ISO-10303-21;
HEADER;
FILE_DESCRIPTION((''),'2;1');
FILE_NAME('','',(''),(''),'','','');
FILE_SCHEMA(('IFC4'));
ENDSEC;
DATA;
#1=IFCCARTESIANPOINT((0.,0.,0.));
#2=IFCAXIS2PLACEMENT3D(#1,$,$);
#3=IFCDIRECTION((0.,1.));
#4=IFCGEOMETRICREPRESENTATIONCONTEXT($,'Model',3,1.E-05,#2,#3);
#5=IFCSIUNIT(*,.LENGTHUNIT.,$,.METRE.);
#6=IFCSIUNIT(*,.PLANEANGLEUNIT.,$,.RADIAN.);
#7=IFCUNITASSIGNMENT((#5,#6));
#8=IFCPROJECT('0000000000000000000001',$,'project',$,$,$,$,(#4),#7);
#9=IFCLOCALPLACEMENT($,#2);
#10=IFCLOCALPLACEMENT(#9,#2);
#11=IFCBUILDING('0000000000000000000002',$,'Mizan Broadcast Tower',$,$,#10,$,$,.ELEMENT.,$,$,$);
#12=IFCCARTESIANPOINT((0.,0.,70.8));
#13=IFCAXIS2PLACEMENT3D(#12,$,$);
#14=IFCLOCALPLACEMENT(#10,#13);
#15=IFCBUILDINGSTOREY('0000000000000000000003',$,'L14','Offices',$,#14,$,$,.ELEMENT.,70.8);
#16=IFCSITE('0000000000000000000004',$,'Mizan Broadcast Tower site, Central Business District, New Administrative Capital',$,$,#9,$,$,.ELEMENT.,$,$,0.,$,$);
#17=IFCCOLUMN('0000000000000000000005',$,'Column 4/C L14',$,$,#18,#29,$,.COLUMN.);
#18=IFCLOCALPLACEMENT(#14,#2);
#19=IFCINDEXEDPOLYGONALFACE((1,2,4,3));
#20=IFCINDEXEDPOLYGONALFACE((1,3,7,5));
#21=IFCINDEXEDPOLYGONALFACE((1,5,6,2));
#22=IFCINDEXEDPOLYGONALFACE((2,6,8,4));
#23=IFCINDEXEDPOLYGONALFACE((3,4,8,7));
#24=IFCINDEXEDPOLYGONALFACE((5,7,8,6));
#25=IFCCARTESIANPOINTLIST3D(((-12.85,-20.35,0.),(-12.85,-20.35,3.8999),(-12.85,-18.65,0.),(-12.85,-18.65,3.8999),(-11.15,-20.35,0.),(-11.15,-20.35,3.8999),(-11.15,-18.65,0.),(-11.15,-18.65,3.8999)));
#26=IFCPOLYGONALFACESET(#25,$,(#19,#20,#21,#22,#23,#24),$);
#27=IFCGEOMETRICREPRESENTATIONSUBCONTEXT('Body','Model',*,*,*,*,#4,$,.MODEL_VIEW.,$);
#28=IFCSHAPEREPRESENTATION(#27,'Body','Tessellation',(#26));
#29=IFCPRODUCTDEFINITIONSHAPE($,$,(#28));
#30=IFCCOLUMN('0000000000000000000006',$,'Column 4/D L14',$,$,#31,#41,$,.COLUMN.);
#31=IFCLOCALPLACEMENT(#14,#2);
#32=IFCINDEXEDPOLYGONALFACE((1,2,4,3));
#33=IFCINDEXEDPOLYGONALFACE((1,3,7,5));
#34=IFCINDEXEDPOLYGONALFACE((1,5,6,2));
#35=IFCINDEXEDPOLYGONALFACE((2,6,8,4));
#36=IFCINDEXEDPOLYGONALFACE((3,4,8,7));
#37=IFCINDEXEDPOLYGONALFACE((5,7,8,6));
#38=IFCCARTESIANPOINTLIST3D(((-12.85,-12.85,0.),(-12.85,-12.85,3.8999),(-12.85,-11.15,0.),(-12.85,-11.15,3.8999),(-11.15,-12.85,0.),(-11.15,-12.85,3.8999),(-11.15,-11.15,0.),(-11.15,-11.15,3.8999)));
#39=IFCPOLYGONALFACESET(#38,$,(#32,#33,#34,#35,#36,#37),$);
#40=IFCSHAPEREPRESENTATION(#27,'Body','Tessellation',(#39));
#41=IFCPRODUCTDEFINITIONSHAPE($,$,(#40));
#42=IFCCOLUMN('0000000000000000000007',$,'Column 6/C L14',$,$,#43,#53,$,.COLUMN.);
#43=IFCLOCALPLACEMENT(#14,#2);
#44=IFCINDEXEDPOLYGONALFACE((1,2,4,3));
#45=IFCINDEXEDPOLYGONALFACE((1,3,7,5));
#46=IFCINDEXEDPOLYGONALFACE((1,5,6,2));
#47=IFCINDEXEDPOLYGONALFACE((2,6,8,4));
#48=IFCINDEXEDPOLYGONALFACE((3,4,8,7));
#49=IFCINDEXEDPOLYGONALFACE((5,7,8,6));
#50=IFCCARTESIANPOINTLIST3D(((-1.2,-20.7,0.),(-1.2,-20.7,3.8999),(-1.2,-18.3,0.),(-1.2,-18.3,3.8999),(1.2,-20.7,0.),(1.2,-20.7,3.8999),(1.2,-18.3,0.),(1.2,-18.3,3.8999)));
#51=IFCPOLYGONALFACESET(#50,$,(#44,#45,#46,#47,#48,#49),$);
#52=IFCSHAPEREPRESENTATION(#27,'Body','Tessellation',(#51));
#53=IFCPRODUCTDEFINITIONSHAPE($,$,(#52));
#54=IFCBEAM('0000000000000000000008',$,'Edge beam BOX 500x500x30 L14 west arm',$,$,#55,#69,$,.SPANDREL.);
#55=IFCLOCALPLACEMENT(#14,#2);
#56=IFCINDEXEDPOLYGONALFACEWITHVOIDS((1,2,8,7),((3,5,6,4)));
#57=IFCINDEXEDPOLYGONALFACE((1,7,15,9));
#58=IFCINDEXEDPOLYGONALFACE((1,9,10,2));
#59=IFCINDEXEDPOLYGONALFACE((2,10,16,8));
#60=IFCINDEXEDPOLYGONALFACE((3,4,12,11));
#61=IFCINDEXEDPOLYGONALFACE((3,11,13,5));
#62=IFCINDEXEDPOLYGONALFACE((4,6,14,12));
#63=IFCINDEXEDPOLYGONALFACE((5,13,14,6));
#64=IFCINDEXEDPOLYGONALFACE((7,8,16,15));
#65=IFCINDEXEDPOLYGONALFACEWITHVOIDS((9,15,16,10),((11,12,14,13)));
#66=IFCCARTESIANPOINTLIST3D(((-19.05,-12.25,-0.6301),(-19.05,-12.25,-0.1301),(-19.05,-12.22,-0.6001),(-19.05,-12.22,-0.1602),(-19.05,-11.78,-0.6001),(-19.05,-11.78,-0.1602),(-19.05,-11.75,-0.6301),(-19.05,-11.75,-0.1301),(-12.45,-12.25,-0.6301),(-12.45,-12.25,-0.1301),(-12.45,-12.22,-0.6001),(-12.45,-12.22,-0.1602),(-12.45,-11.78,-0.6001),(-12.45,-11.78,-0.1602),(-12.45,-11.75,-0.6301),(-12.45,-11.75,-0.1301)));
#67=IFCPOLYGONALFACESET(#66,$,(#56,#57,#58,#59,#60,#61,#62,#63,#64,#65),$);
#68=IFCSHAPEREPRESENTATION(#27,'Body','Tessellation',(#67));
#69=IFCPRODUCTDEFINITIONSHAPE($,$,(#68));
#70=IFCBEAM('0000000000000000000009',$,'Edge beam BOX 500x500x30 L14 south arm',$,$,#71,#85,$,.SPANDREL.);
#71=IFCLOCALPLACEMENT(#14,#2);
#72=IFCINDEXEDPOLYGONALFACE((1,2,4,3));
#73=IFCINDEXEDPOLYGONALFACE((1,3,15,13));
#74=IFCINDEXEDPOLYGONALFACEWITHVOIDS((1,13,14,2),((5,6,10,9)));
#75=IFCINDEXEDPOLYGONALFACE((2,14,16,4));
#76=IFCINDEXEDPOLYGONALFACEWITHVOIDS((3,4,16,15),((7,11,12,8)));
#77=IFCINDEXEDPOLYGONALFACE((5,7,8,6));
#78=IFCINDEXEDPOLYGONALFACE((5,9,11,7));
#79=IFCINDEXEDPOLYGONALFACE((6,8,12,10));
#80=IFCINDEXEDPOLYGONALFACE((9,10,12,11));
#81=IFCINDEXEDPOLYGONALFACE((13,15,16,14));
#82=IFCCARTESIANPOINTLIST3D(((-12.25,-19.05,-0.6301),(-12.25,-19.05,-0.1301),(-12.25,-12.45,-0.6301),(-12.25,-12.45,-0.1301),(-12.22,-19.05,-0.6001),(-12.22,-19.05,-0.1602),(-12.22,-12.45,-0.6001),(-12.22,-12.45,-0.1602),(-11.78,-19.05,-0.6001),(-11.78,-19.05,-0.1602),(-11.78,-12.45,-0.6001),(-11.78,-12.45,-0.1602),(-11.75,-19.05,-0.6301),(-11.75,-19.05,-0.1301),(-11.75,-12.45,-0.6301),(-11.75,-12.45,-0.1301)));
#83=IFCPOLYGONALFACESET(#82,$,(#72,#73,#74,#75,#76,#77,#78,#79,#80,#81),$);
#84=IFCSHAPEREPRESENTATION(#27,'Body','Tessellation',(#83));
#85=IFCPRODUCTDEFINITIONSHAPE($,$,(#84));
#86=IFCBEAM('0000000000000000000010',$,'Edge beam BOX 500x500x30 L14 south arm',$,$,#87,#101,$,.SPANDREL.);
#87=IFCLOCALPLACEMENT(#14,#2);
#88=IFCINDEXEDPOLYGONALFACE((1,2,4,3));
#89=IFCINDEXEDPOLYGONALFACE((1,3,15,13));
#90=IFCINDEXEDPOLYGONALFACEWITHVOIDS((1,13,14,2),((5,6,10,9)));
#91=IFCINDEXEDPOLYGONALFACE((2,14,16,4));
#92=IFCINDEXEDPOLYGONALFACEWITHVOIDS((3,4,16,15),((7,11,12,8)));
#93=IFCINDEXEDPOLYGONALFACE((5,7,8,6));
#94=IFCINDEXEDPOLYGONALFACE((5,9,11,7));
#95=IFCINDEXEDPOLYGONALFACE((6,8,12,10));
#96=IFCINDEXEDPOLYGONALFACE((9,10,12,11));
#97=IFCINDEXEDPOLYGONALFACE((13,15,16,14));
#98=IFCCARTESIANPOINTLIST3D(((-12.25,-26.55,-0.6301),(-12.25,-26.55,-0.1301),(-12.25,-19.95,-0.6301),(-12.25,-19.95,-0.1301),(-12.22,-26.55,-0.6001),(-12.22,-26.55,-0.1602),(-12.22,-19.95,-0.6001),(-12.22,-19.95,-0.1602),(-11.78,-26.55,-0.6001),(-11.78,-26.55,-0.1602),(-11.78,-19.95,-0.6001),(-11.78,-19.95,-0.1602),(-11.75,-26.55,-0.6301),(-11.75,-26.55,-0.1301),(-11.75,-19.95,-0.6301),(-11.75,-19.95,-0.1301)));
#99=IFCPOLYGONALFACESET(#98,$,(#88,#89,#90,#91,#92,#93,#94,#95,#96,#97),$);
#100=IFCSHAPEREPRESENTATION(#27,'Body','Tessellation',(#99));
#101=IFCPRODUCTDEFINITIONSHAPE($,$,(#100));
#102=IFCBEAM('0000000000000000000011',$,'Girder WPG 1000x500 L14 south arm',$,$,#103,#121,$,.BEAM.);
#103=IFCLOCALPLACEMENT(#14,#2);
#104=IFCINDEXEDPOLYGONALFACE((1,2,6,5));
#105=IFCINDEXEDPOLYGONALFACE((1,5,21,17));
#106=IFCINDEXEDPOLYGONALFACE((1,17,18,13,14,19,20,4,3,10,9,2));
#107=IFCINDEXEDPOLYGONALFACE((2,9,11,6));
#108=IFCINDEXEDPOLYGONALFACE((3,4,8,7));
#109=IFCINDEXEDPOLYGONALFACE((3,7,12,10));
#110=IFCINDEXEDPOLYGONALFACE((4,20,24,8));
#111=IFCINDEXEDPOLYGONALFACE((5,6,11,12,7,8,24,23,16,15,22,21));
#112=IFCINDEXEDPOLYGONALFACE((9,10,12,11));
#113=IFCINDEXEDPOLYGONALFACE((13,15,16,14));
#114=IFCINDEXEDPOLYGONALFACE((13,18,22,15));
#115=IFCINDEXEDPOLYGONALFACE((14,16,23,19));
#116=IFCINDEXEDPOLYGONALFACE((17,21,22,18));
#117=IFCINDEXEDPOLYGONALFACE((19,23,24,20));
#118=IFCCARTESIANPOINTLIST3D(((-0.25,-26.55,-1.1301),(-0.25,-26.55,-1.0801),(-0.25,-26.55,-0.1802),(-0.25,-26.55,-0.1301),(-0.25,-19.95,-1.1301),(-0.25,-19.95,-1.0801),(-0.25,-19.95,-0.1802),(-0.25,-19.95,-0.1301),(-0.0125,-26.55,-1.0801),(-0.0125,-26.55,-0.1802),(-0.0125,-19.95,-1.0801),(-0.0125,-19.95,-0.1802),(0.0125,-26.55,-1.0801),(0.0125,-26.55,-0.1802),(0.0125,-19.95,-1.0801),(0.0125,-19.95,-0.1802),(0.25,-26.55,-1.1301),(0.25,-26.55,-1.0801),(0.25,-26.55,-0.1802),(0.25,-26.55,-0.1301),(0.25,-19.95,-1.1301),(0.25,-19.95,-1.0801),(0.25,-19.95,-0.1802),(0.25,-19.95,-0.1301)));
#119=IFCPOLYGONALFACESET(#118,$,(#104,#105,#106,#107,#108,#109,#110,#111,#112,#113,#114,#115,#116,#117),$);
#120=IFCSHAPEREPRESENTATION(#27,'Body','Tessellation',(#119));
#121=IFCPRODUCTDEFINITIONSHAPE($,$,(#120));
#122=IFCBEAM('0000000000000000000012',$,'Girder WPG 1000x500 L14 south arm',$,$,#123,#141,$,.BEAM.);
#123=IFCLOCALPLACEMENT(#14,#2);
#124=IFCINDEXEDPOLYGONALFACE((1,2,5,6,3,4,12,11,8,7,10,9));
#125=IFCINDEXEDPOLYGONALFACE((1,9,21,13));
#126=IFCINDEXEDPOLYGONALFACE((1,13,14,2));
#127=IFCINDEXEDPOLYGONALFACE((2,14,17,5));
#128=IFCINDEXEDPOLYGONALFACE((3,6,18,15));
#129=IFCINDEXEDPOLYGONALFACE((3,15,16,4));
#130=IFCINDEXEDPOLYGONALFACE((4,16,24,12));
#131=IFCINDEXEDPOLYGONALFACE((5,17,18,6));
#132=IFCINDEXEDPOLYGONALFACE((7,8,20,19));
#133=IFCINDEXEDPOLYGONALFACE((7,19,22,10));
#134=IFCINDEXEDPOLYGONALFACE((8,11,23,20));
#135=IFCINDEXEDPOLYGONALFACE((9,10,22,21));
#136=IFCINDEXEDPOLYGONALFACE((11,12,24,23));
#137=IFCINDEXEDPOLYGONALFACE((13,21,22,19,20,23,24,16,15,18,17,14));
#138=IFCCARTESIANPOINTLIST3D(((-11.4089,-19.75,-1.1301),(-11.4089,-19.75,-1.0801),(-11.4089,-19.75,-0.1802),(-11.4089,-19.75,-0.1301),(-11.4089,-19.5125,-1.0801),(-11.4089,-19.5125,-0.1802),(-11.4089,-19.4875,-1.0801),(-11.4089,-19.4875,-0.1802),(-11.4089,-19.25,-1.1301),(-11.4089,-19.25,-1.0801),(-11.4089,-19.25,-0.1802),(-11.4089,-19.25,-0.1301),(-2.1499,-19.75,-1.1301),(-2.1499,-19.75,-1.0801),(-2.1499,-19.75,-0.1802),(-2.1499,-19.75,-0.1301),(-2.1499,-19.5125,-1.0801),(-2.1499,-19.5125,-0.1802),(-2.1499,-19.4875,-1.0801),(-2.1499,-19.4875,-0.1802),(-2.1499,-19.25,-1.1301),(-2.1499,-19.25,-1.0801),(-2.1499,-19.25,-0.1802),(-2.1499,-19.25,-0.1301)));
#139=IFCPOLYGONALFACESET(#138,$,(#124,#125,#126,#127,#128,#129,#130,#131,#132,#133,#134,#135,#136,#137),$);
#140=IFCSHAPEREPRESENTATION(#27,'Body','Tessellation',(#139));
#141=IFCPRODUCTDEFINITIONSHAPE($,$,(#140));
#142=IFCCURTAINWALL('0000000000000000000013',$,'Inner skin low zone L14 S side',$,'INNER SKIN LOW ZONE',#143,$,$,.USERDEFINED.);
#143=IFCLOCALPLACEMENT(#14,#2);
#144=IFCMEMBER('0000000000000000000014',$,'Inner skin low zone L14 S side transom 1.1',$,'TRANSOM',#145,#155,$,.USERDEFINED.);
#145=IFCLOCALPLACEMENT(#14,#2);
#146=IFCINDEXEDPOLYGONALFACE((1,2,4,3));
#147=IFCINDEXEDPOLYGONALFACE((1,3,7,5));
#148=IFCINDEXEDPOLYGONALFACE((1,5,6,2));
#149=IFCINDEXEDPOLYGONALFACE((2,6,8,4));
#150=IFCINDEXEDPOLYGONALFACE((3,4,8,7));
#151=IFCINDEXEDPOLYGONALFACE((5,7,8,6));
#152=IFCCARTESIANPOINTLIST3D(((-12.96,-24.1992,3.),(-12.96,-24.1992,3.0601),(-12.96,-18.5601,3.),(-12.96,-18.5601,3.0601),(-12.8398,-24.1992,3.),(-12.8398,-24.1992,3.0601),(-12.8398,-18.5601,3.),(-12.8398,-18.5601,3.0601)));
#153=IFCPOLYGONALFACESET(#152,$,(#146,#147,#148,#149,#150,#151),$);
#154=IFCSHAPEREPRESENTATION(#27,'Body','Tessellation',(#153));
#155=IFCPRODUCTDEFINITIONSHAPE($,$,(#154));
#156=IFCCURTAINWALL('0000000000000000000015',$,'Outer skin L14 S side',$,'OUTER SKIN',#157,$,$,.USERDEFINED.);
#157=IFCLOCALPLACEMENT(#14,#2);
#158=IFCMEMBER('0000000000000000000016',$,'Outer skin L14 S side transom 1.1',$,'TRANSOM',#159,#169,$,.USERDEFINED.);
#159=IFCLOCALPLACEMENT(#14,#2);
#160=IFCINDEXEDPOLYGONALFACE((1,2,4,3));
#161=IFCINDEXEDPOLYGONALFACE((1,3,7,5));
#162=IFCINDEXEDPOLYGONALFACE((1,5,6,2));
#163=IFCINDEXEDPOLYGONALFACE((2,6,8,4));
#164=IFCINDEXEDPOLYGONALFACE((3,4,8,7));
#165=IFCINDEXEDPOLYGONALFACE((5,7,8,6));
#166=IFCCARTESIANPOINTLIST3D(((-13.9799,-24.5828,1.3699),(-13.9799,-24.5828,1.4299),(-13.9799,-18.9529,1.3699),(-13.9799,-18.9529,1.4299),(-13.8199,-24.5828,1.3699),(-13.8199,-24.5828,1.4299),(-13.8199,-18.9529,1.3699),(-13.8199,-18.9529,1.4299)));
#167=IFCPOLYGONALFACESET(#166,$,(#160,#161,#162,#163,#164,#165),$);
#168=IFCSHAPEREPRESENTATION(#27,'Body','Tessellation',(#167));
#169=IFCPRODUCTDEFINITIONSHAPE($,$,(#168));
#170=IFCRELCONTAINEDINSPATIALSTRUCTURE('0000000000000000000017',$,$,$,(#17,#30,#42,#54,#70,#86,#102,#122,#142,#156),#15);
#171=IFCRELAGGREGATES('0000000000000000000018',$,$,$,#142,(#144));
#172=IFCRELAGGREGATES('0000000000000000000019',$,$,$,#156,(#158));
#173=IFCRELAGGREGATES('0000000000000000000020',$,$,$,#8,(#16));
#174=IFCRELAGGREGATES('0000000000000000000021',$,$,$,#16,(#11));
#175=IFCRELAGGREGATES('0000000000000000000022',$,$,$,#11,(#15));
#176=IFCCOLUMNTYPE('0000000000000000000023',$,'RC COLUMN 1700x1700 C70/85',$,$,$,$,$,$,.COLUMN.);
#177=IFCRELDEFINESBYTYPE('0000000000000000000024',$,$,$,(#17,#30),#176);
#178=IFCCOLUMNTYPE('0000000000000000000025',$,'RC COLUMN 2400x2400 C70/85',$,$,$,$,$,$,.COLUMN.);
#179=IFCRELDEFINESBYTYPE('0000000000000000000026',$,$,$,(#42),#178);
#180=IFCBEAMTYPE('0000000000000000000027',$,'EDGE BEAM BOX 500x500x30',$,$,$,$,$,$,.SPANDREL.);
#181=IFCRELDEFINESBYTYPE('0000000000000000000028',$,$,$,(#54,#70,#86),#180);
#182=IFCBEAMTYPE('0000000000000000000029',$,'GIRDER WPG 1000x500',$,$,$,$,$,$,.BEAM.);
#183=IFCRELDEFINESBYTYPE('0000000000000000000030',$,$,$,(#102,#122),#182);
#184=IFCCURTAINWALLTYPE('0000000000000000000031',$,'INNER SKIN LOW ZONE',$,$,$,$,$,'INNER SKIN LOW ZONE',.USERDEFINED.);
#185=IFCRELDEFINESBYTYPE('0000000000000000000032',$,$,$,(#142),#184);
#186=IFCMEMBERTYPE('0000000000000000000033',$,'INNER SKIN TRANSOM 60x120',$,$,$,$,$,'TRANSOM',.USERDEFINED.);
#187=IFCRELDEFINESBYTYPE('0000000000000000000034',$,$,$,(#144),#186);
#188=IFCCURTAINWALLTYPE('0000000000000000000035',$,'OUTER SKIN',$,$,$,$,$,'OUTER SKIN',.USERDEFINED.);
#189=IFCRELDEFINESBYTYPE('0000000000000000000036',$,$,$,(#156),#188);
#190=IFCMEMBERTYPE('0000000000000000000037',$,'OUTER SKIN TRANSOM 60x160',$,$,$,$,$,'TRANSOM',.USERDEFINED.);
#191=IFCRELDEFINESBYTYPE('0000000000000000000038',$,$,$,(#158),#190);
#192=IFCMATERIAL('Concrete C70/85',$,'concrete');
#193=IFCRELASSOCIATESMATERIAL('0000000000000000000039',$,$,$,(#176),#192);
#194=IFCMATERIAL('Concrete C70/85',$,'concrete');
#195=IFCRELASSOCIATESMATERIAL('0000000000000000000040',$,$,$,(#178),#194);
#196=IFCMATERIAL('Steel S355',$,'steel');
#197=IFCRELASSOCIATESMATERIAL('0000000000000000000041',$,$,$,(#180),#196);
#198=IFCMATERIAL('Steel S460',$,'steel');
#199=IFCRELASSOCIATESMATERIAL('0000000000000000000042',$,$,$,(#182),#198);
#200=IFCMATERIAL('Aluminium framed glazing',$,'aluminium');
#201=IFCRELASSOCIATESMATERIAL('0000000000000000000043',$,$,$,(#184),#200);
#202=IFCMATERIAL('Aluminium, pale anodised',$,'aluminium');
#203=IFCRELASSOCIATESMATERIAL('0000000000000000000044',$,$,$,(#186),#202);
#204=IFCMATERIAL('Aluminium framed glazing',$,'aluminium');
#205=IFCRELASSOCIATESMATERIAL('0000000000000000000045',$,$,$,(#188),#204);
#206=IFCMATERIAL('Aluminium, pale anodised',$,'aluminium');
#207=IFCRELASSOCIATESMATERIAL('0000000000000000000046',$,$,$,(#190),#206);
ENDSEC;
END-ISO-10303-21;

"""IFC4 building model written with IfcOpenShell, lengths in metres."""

from ifc_helpers import new_model, si_unit, direction, frame, origin, origin_2d, place, context, subcontext, project, spatial, rectangle, hollow_rectangle, i_section, extrude, material, material_profile, profile_set, type_object, element, aggregate, save


model = new_model("IFC4")

# Units and contexts
model_context = context("Model", 3, precision=1e-05, world=origin(), true_north=direction((0.0, 1.0)))
body_context = subcontext(model_context, "Body", "Model", "MODEL_VIEW")
ifc_project = project(units=[si_unit("LENGTHUNIT", "METRE"), si_unit("PLANEANGLEUNIT", "RADIAN")], contexts=[model_context])

# Site, building, storey
site_placement = place(None, origin())
site = spatial("IfcSite", under=ifc_project, at=site_placement, Name="Mizan Broadcast Tower site, Central Business District, New Administrative Capital", CompositionType="ELEMENT", RefElevation=0.0)
building_placement = place(site_placement, origin())
building = spatial("IfcBuilding", under=site, at=building_placement, Name="Mizan Broadcast Tower", CompositionType="ELEMENT")
storey_placement = place(building_placement, frame((0.0, 0.0, 70.8)))
storey = spatial("IfcBuildingStorey", under=building, at=storey_placement, Name="L14", Description="Offices", CompositionType="ELEMENT", Elevation=70.8)

# Columns
ifc_material_1 = material(Name="Concrete C70/85", Category="concrete")
ifc_material_profile_1 = material_profile(ifc_material_1, rectangle(XDim=1.7, YDim=1.7, at=origin_2d()), Name="RC 1700x1700")
ifc_profile_set_1 = profile_set([ifc_material_profile_1], Name="Concrete C70/85")
column_type_1 = type_object("IfcColumnType", Name="RC COLUMN 1700x1700 C70/85", PredefinedType="COLUMN", material=ifc_profile_set_1)
for number, where, z_axis, x_axis, name in (
    (1, (-12.0, -19.5, 0.0), (0.0, 0.0, 1.0), (1.0, 0.0, 0.0), "Column 4/C L14"),
    (2, (-12.0, -12.0, 0.0), (0.0, 0.0, 1.0), (1.0, 0.0, 0.0), "Column 4/D L14"),
):
    element("IfcColumn", number, at=place(storey_placement, frame(where, z_axis=z_axis, x_axis=x_axis)), inside=storey, type_object=column_type_1, Name=name, PredefinedType="COLUMN", context=body_context, shape_type="SweptSolid", body=[
        extrude(rectangle(XDim=1.7, YDim=1.7, at=origin_2d()), origin(), (0.0, 0.0, 1.0), 3.8999),
    ])
ifc_material_2 = material(Name="Concrete C70/85", Category="concrete")
ifc_material_profile_2 = material_profile(ifc_material_2, rectangle(XDim=2.3999, YDim=2.3999, at=origin_2d()), Name="RC 2400x2400")
ifc_profile_set_2 = profile_set([ifc_material_profile_2], Name="Concrete C70/85")
column_type_2 = type_object("IfcColumnType", Name="RC COLUMN 2400x2400 C70/85", PredefinedType="COLUMN", material=ifc_profile_set_2)
column_placement = place(storey_placement, frame((0.0, -19.5, 0.0), z_axis=(0.0, 0.0, 1.0), x_axis=(1.0, 0.0, 0.0)))
element("IfcColumn", 3, at=column_placement, inside=storey, type_object=column_type_2, Name="Column 6/C L14", PredefinedType="COLUMN", context=body_context, shape_type="SweptSolid", body=[
    extrude(rectangle(XDim=2.3999, YDim=2.3999, at=origin_2d()), origin(), (0.0, 0.0, 1.0), 3.8999),
])

# Beams
ifc_material_3 = material(Name="Steel S355", Category="steel")
ifc_material_profile_3 = material_profile(ifc_material_3, hollow_rectangle(XDim=0.5, YDim=0.5, WallThickness=0.03, at=origin_2d()), Name="BOX 500x500x30")
ifc_profile_set_3 = profile_set([ifc_material_profile_3], Name="Steel S355")
beam_type_1 = type_object("IfcBeamType", Name="EDGE BEAM BOX 500x500x30", PredefinedType="SPANDREL", material=ifc_profile_set_3)
for number, where, z_axis, x_axis, name in (
    (4, (-12.45, -12.0, -0.3801), (-1.0, 0.0, 0.0), (0.0, -1.0, 0.0), "Edge beam BOX 500x500x30 L14 west arm"),
    (5, (-12.0, -12.45, -0.3801), (0.0, -1.0, 0.0), (1.0, 0.0, 0.0), "Edge beam BOX 500x500x30 L14 south arm"),
    (6, (-12.0, -19.95, -0.3801), (0.0, -1.0, 0.0), (1.0, 0.0, 0.0), "Edge beam BOX 500x500x30 L14 south arm"),
):
    element("IfcBeam", number, at=place(storey_placement, frame(where, z_axis=z_axis, x_axis=x_axis)), inside=storey, type_object=beam_type_1, Name=name, PredefinedType="SPANDREL", context=body_context, shape_type="SweptSolid", body=[
        extrude(hollow_rectangle(XDim=0.5, YDim=0.5, WallThickness=0.03, at=origin_2d()), origin(), (0.0, 0.0, 1.0), 6.6001),
    ])
ifc_material_4 = material(Name="Steel S460", Category="steel")
ifc_material_profile_4 = material_profile(ifc_material_4, i_section(OverallWidth=0.5, OverallDepth=1.0, WebThickness=0.0249, FlangeThickness=0.05, at=origin_2d()), Name="WPG 1000x500")
ifc_profile_set_4 = profile_set([ifc_material_profile_4], Name="Steel S460")
beam_type_2 = type_object("IfcBeamType", Name="GIRDER WPG 1000x500", PredefinedType="BEAM", material=ifc_profile_set_4)
beam_1_placement = place(storey_placement, frame((0.0, -19.95, -0.6301), z_axis=(0.0, -1.0, 0.0), x_axis=(1.0, 0.0, 0.0)))
element("IfcBeam", 7, at=beam_1_placement, inside=storey, type_object=beam_type_2, Name="Girder WPG 1000x500 L14 south arm", PredefinedType="BEAM", context=body_context, shape_type="SweptSolid", body=[
    extrude(i_section(OverallWidth=0.5, OverallDepth=1.0, WebThickness=0.0249, FlangeThickness=0.05, at=origin_2d()), origin(), (0.0, 0.0, 1.0), 6.6001),
])
beam_2_placement = place(storey_placement, frame((-11.4089, -19.5, -0.6301), z_axis=(1.0, 0.0, 0.0), x_axis=(0.0, 1.0, 0.0)))
element("IfcBeam", 8, at=beam_2_placement, inside=storey, type_object=beam_type_2, Name="Girder WPG 1000x500 L14 south arm", PredefinedType="BEAM", context=body_context, shape_type="SweptSolid", body=[
    extrude(i_section(OverallWidth=0.5, OverallDepth=1.0, WebThickness=0.0249, FlangeThickness=0.05, at=origin_2d()), origin(), (0.0, 0.0, 1.0), 9.259),
])

# Curtain walls, members
ifc_material_5 = material(Name="Aluminium framed glazing", Category="aluminium")
curtain_wall_type_1 = type_object("IfcCurtainWallType", Name="INNER SKIN LOW ZONE", ElementType="INNER SKIN LOW ZONE", PredefinedType="USERDEFINED", material=ifc_material_5)
curtain_wall_1_placement = place(storey_placement, origin())
curtain_wall_1 = element("IfcCurtainWall", 9, at=curtain_wall_1_placement, inside=storey, type_object=curtain_wall_type_1, Name="Inner skin low zone L14 S side", ObjectType="INNER SKIN LOW ZONE", PredefinedType="USERDEFINED")
ifc_material_6 = material(Name="Aluminium, pale anodised", Category="aluminium")
ifc_material_profile_5 = material_profile(ifc_material_6, rectangle(XDim=0.1201, YDim=0.0601, at=origin_2d()), Name="TRANSOM 120x60")
ifc_profile_set_5 = profile_set([ifc_material_profile_5], Name="Aluminium, pale anodised")
member_type_1 = type_object("IfcMemberType", Name="INNER SKIN TRANSOM 60x120", ElementType="TRANSOM", PredefinedType="USERDEFINED", material=ifc_profile_set_5)
member_1_placement = place(storey_placement, frame((-12.8999, -18.5601, 3.03), z_axis=(0.0, -1.0, 0.0), x_axis=(1.0, 0.0, 0.0)))
member_1 = element("IfcMember", 10, at=member_1_placement, type_object=member_type_1, Name="Inner skin low zone L14 S side transom 1.1", ObjectType="TRANSOM", PredefinedType="USERDEFINED", context=body_context, shape_type="SweptSolid", body=[
    extrude(rectangle(XDim=0.1201, YDim=0.0601, at=origin_2d()), origin(), (0.0, 0.0, 1.0), 5.6392),
])
ifc_material_7 = material(Name="Aluminium framed glazing", Category="aluminium")
curtain_wall_type_2 = type_object("IfcCurtainWallType", Name="OUTER SKIN", ElementType="OUTER SKIN", PredefinedType="USERDEFINED", material=ifc_material_7)
curtain_wall_2_placement = place(storey_placement, origin())
curtain_wall_2 = element("IfcCurtainWall", 11, at=curtain_wall_2_placement, inside=storey, type_object=curtain_wall_type_2, Name="Outer skin L14 S side", ObjectType="OUTER SKIN", PredefinedType="USERDEFINED")
ifc_material_8 = material(Name="Aluminium, pale anodised", Category="aluminium")
ifc_material_profile_6 = material_profile(ifc_material_8, rectangle(XDim=0.1599, YDim=0.0601, at=origin_2d()), Name="TRANSOM 160x60")
ifc_profile_set_6 = profile_set([ifc_material_profile_6], Name="Aluminium, pale anodised")
member_type_2 = type_object("IfcMemberType", Name="OUTER SKIN TRANSOM 60x160", ElementType="TRANSOM", PredefinedType="USERDEFINED", material=ifc_profile_set_6)
member_2_placement = place(storey_placement, frame((-13.8999, -18.9529, 1.3999), z_axis=(0.0, -1.0, 0.0), x_axis=(1.0, 0.0, 0.0)))
member_2 = element("IfcMember", 12, at=member_2_placement, type_object=member_type_2, Name="Outer skin L14 S side transom 1.1", ObjectType="TRANSOM", PredefinedType="USERDEFINED", context=body_context, shape_type="SweptSolid", body=[
    extrude(rectangle(XDim=0.1599, YDim=0.0601, at=origin_2d()), origin(), (0.0, 0.0, 1.0), 5.6299),
])

aggregate(curtain_wall_1, [member_1])
aggregate(curtain_wall_2, [member_2])

save(model, "model.ifc")
